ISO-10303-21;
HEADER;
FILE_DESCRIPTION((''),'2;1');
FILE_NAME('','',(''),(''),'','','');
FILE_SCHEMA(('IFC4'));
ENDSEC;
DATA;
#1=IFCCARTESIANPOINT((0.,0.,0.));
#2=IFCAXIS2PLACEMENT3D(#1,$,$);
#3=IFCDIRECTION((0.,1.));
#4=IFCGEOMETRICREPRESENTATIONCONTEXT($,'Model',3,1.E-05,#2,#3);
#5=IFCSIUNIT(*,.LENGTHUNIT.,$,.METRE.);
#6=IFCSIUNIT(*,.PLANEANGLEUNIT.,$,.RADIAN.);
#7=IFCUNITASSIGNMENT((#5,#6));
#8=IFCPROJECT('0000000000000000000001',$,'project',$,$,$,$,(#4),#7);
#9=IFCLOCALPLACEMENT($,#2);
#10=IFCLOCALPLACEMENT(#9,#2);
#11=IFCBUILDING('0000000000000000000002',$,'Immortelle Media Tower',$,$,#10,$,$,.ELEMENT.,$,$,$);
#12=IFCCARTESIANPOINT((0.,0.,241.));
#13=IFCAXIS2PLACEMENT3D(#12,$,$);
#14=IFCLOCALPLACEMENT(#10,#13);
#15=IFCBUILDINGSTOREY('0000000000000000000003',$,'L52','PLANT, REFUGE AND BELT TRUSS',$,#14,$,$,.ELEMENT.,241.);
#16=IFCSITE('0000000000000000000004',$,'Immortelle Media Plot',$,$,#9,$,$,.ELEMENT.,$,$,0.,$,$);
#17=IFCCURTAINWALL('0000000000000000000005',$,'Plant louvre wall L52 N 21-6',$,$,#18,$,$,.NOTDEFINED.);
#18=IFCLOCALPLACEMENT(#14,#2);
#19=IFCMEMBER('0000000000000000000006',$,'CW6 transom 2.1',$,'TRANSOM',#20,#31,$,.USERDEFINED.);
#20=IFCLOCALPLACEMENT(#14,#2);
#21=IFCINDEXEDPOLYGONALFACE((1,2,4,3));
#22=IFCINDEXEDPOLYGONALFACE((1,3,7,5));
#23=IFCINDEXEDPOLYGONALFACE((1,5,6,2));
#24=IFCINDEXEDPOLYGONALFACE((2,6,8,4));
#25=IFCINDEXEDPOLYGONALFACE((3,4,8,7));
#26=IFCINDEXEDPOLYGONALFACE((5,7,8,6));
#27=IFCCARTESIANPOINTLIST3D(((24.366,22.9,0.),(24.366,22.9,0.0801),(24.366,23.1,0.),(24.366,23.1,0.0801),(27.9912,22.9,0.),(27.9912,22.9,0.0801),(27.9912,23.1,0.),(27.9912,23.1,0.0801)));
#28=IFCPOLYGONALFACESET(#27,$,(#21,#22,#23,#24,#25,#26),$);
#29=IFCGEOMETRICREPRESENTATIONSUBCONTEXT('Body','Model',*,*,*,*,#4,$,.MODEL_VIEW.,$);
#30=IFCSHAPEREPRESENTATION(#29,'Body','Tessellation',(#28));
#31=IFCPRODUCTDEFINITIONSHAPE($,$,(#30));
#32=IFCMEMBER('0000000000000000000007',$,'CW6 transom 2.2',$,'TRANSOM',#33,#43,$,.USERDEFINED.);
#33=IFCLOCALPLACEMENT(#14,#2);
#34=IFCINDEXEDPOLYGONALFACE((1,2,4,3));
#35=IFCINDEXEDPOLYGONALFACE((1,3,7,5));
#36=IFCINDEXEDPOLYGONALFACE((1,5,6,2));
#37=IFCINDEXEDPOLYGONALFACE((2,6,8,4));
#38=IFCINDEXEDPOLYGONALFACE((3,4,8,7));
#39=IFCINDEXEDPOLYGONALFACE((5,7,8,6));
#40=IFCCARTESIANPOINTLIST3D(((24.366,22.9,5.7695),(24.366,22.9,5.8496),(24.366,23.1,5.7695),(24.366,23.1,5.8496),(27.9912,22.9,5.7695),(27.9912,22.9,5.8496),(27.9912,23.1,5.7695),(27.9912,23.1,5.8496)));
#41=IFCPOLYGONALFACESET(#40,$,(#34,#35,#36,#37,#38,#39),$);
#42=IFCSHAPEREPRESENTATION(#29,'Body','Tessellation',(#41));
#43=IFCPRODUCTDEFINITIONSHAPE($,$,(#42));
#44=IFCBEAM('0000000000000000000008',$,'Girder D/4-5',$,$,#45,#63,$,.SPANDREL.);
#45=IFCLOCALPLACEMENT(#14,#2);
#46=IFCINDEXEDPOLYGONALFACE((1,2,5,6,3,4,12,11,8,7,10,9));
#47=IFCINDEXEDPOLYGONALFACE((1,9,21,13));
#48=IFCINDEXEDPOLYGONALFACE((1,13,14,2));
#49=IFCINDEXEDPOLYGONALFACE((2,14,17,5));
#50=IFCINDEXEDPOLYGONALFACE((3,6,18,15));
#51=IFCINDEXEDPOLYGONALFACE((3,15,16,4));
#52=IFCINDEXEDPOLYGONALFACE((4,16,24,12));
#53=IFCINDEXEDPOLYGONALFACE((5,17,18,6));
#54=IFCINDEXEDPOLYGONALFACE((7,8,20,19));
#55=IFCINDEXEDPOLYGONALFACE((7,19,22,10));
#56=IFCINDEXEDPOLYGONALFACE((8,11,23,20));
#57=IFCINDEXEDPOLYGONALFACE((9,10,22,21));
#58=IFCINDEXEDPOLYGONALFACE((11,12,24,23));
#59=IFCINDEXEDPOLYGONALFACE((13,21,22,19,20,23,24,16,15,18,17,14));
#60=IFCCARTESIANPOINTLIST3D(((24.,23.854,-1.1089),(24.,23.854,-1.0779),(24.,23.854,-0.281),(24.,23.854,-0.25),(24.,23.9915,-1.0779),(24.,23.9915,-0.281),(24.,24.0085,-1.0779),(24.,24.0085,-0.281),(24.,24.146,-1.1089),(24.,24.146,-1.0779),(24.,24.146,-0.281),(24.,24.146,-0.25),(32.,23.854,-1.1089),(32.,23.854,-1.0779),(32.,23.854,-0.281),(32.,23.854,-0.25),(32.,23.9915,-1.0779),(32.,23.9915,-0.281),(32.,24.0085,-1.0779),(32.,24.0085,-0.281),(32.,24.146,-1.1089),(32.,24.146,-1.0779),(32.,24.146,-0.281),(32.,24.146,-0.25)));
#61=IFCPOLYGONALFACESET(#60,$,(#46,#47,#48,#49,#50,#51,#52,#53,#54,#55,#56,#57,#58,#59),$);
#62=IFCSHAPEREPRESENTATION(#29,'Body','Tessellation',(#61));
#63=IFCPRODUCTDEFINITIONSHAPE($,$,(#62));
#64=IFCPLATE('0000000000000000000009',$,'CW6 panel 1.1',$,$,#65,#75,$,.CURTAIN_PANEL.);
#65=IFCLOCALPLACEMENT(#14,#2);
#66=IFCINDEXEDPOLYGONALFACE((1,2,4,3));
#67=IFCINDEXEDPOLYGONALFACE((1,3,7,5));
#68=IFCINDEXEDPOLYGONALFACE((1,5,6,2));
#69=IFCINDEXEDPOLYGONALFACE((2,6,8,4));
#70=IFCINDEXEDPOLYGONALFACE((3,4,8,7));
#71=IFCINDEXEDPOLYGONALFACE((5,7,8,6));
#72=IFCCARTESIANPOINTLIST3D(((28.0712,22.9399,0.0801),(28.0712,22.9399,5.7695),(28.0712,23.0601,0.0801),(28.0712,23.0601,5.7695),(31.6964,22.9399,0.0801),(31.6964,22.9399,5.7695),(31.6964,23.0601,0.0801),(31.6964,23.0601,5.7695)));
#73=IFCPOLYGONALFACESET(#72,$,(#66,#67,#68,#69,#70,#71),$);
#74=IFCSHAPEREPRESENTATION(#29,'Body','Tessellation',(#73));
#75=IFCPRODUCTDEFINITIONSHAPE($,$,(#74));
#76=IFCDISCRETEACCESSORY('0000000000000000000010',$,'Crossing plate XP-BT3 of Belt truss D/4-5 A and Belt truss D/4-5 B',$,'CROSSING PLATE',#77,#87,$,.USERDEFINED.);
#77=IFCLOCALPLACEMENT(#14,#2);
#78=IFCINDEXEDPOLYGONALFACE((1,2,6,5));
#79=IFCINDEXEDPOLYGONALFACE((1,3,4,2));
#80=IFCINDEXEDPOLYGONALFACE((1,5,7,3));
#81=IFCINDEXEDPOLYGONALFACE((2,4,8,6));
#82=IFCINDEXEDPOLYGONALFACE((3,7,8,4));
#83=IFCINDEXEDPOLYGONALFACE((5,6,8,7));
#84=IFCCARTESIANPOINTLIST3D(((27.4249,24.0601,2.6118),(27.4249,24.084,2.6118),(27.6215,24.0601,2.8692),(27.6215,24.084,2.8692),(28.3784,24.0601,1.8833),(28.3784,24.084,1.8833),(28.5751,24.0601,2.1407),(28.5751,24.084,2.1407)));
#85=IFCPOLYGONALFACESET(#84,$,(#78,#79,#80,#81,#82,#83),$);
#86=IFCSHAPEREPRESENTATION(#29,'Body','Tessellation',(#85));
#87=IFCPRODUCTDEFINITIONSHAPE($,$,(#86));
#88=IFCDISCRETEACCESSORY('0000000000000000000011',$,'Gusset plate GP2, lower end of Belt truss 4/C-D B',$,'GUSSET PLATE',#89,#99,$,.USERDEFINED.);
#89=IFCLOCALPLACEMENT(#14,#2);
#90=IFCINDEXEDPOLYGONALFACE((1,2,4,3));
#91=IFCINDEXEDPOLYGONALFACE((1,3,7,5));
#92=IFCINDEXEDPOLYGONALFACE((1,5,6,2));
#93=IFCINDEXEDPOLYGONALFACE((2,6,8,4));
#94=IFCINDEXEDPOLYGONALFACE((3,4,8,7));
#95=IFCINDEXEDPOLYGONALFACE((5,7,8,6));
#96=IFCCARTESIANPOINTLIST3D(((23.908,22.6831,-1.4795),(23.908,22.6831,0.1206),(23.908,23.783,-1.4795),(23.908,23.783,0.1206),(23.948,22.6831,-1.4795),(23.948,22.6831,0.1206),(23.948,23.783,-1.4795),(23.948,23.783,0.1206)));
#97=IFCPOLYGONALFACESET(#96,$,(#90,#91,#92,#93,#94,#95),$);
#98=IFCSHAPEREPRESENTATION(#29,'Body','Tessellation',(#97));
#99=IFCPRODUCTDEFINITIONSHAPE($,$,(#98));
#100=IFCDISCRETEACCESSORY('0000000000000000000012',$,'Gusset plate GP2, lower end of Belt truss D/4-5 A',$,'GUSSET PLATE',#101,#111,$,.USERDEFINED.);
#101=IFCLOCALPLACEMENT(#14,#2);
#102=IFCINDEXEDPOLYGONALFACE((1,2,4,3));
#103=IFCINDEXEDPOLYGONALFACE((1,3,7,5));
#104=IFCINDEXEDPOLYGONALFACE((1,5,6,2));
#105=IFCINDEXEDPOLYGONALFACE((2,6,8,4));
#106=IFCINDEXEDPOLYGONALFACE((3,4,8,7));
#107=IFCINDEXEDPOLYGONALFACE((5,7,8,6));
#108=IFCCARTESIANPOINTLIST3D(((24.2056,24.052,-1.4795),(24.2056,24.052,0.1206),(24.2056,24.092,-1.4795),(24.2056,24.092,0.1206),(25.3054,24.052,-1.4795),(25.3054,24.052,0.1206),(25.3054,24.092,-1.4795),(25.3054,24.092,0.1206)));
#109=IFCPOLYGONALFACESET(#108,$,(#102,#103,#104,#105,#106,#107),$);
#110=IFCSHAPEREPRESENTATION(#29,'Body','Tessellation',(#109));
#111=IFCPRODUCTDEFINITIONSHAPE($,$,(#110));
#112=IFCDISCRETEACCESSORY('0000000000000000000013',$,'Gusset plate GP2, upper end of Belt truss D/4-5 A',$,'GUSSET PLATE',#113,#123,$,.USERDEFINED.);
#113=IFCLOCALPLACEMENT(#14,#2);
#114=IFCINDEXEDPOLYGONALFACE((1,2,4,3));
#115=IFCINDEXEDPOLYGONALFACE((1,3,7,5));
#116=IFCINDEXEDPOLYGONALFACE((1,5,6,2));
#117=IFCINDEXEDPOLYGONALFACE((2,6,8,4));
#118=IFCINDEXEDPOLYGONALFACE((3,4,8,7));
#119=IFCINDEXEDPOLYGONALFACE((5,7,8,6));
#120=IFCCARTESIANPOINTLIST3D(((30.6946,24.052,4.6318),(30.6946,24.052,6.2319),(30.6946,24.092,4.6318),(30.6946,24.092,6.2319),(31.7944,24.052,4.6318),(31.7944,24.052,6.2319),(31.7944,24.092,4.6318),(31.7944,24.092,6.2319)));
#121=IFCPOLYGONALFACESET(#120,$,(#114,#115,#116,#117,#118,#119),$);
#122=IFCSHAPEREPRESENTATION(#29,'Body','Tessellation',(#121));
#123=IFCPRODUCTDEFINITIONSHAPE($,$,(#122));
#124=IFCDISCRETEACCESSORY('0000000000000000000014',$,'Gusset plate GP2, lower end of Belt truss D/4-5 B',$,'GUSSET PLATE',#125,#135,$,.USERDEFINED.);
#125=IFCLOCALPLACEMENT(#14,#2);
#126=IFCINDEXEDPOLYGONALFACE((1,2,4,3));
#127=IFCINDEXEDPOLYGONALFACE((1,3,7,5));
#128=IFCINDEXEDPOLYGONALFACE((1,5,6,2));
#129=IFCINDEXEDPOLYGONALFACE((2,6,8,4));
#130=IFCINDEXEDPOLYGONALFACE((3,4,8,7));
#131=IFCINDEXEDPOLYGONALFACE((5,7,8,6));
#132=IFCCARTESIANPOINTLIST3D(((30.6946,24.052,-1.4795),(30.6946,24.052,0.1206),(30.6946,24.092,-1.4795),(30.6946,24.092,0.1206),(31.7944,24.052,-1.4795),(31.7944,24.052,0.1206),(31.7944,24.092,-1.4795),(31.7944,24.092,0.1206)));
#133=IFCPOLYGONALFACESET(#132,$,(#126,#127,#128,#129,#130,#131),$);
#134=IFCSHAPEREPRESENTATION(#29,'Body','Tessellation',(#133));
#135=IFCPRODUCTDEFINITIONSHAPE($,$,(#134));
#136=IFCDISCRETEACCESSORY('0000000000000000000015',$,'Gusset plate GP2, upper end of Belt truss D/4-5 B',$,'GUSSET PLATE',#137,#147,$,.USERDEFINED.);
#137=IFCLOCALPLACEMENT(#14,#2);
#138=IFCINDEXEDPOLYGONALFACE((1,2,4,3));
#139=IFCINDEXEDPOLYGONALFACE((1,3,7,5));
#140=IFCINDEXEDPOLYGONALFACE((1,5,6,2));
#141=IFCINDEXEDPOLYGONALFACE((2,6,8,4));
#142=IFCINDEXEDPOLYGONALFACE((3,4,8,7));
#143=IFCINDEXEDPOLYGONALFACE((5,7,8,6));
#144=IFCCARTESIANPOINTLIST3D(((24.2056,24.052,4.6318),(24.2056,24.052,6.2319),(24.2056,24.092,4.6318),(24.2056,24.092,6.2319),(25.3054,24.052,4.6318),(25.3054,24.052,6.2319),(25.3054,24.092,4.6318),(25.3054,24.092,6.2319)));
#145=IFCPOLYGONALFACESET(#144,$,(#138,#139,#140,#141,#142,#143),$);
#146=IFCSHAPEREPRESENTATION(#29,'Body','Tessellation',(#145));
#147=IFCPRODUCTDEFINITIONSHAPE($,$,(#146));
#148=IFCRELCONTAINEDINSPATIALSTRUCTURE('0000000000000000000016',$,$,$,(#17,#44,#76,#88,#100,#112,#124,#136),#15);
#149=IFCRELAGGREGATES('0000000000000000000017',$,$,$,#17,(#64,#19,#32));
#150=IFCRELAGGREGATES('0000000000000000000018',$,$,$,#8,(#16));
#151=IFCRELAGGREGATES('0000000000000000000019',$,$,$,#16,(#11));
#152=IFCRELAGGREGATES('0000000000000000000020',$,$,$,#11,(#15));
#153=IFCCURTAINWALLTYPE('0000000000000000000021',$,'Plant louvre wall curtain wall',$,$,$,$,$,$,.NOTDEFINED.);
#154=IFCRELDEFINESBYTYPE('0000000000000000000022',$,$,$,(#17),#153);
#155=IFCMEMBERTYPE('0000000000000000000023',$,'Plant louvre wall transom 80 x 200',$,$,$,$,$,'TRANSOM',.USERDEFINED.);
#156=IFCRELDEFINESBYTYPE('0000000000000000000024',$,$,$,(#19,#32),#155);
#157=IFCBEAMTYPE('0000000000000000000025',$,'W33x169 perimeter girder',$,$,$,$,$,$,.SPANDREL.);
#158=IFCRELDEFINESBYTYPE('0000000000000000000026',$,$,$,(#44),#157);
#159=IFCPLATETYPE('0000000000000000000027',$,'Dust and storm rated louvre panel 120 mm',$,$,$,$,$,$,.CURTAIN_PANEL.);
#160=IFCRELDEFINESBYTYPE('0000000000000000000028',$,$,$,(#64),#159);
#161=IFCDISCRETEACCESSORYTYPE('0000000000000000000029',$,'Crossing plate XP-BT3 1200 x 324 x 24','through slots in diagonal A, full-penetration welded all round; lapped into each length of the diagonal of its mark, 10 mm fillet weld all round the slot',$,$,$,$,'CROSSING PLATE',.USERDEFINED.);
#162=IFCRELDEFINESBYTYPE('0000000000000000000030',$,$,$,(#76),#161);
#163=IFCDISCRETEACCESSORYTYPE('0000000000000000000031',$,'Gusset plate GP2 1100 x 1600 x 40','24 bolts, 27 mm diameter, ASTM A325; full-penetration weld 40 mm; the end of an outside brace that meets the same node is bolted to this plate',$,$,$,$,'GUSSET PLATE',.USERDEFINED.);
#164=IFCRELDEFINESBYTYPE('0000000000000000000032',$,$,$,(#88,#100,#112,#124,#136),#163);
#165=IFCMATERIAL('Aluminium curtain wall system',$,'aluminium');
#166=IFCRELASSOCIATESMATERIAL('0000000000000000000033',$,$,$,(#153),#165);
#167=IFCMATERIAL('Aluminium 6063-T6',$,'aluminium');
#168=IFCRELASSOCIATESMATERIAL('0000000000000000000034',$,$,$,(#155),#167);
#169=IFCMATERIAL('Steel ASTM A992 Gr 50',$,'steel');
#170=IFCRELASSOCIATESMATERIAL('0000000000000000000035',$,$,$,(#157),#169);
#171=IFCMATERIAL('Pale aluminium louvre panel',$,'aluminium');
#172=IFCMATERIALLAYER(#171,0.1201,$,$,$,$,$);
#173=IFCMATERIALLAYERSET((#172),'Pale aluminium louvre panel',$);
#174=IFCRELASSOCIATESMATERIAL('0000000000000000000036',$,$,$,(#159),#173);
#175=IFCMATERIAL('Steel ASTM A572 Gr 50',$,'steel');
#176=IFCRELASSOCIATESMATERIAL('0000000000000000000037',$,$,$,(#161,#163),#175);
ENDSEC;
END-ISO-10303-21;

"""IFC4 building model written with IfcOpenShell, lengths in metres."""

from ifc_helpers import new_model, si_unit, direction, frame, origin, origin_2d, place, context, subcontext, project, spatial, rectangle, i_section, extrude, material, layer, layer_set, material_profile, profile_set, type_object, element, aggregate, save


model = new_model("IFC4")

# Units and contexts
model_context = context("Model", 3, precision=1e-05, world=origin(), true_north=direction((0.0, 1.0)))
body_context = subcontext(model_context, "Body", "Model", "MODEL_VIEW")
ifc_project = project(units=[si_unit("LENGTHUNIT", "METRE"), si_unit("PLANEANGLEUNIT", "RADIAN")], contexts=[model_context])

# Site, building, storey
site_placement = place(None, origin())
site = spatial("IfcSite", under=ifc_project, at=site_placement, Name="Immortelle Media Plot", CompositionType="ELEMENT", RefElevation=0.0)
building_placement = place(site_placement, origin())
building = spatial("IfcBuilding", under=site, at=building_placement, Name="Immortelle Media Tower", CompositionType="ELEMENT")
storey_placement = place(building_placement, frame((0.0, 0.0, 241.0)))
storey = spatial("IfcBuildingStorey", under=building, at=storey_placement, Name="L52", Description="PLANT, REFUGE AND BELT TRUSS", CompositionType="ELEMENT", Elevation=241.0)

# Shared definitions
ifc_material_1 = material(Name="Steel ASTM A992 Gr 50", Category="steel")

# Curtain wall, members
ifc_material_2 = material(Name="Aluminium curtain wall system", Category="aluminium")
curtain_wall_type = type_object("IfcCurtainWallType", Name="Plant louvre wall curtain wall", PredefinedType="NOTDEFINED", material=ifc_material_2)
curtain_wall_placement = place(storey_placement, origin())
curtain_wall = element("IfcCurtainWall", 1, at=curtain_wall_placement, inside=storey, type_object=curtain_wall_type, Name="Plant louvre wall L52 N 21-6", PredefinedType="NOTDEFINED")
ifc_material_3 = material(Name="Aluminium 6063-T6", Category="aluminium")
ifc_material_profile_1 = material_profile(ifc_material_3, rectangle(XDim=0.2, YDim=0.0801, at=origin_2d()), Name="AL 80x200")
ifc_profile_set_1 = profile_set([ifc_material_profile_1], Name="Aluminium 6063-T6")
member_type_1 = type_object("IfcMemberType", Name="Plant louvre wall transom 80 x 200", ElementType="TRANSOM", PredefinedType="USERDEFINED", material=ifc_profile_set_1)
member_1_placement = place(storey_placement, frame((27.9912, 23.0, 0.04), z_axis=(-1.0, 0.0, 0.0), x_axis=(0.0, -1.0, 0.0)))
member_1 = element("IfcMember", 2, at=member_1_placement, type_object=member_type_1, Name="CW6 transom 2.1", ObjectType="TRANSOM", PredefinedType="USERDEFINED", context=body_context, shape_type="SweptSolid", body=[
    extrude(rectangle(XDim=0.2, YDim=0.0801, at=origin_2d()), origin(), (0.0, 0.0, 1.0), 3.6252),
])
member_2_placement = place(storey_placement, frame((27.9912, 23.0, 5.8096), z_axis=(-1.0, 0.0, 0.0), x_axis=(0.0, -1.0, 0.0)))
member_2 = element("IfcMember", 3, at=member_2_placement, type_object=member_type_1, Name="CW6 transom 2.2", ObjectType="TRANSOM", PredefinedType="USERDEFINED", context=body_context, shape_type="SweptSolid", body=[
    extrude(rectangle(XDim=0.2, YDim=0.0801, at=origin_2d()), origin(), (0.0, 0.0, 1.0), 3.6252),
])

# Beam
ifc_material_profile_2 = material_profile(ifc_material_1, i_section(OverallWidth=0.292, OverallDepth=0.8589, WebThickness=0.0171, FlangeThickness=0.031, at=origin_2d()), Name="W33x169")
ifc_profile_set_2 = profile_set([ifc_material_profile_2], Name="Steel ASTM A992 Gr 50")
beam_type = type_object("IfcBeamType", Name="W33x169 perimeter girder", PredefinedType="SPANDREL", material=ifc_profile_set_2)
beam_placement = place(storey_placement, frame((24.0, 24.0, -0.6794), z_axis=(1.0, 0.0, 0.0), x_axis=(0.0, 1.0, 0.0)))
element("IfcBeam", 4, at=beam_placement, inside=storey, type_object=beam_type, Name="Girder D/4-5", PredefinedType="SPANDREL", context=body_context, shape_type="SweptSolid", body=[
    extrude(i_section(OverallWidth=0.292, OverallDepth=0.8589, WebThickness=0.0171, FlangeThickness=0.031, at=origin_2d()), origin(), (0.0, 0.0, 1.0), 8.0),
])

# Plate
ifc_material_4 = material(Name="Pale aluminium louvre panel", Category="aluminium")
ifc_layer = layer(ifc_material_4, 0.1201)
ifc_layer_set = layer_set([ifc_layer], Name="Pale aluminium louvre panel")
plate_type = type_object("IfcPlateType", Name="Dust and storm rated louvre panel 120 mm", PredefinedType="CURTAIN_PANEL", material=ifc_layer_set)
plate_placement = place(storey_placement, frame((29.8838, 23.0, 0.0801), z_axis=(0.0, 0.0, 1.0), x_axis=(-1.0, 0.0, 0.0)))
plate = element("IfcPlate", 5, at=plate_placement, type_object=plate_type, Name="CW6 panel 1.1", PredefinedType="CURTAIN_PANEL", context=body_context, shape_type="SweptSolid", body=[
    extrude(rectangle(XDim=3.6252, YDim=0.1201, at=origin_2d()), origin(), (0.0, 0.0, 1.0), 5.6895),
])
aggregate(curtain_wall, [plate, member_1, member_2])

# Discrete accessories
ifc_material_5 = material(Name="Steel ASTM A572 Gr 50", Category="steel")
ifc_material_profile_3 = material_profile(ifc_material_5, rectangle(XDim=0.0239, YDim=0.324, at=origin_2d()), Name="PL 24 x 324")
ifc_profile_set_3 = profile_set([ifc_material_profile_3], Name="Steel ASTM A572 Gr 50")
discrete_accessory_type_1 = type_object("IfcDiscreteAccessoryType", Name="Crossing plate XP-BT3 1200 x 324 x 24", Description="through slots in diagonal A, full-penetration welded all round; lapped into each length of the diagonal of its mark, 10 mm fillet weld all round the slot", ElementType="CROSSING PLATE", PredefinedType="USERDEFINED", material=ifc_profile_set_3)
discrete_accessory_placement = place(storey_placement, frame((27.5232, 24.072, 2.7405), z_axis=(0.794646, 0.0, -0.607072), x_axis=(0.0, 1.0, 0.0)))
element("IfcDiscreteAccessory", 6, at=discrete_accessory_placement, inside=storey, type_object=discrete_accessory_type_1, Name="Crossing plate XP-BT3 of Belt truss D/4-5 A and Belt truss D/4-5 B", ObjectType="CROSSING PLATE", PredefinedType="USERDEFINED", context=body_context, shape_type="SweptSolid", body=[
    extrude(rectangle(XDim=0.0239, YDim=0.324, at=origin_2d()), origin(), (0.0, 0.0, 1.0), 1.2),
])
ifc_material_profile_4 = material_profile(ifc_material_5, rectangle(XDim=0.04, YDim=1.6001, at=origin_2d()), Name="PL 40 x 1600")
ifc_profile_set_4 = profile_set([ifc_material_profile_4], Name="Steel ASTM A572 Gr 50")
discrete_accessory_type_2 = type_object("IfcDiscreteAccessoryType", Name="Gusset plate GP2 1100 x 1600 x 40", Description="24 bolts, 27 mm diameter, ASTM A325; full-penetration weld 40 mm; the end of an outside brace that meets the same node is bolted to this plate", ElementType="GUSSET PLATE", PredefinedType="USERDEFINED", material=ifc_profile_set_4)
for number, where, z_axis, x_axis, name in (
    (7, (23.928, 23.783, -0.6794), (0.0, -1.0, 0.0), (1.0, 0.0, 0.0), "Gusset plate GP2, lower end of Belt truss 4/C-D B"),
    (8, (24.2056, 24.072, -0.6794), (1.0, 0.0, 0.0), (0.0, 1.0, 0.0), "Gusset plate GP2, lower end of Belt truss D/4-5 A"),
    (9, (31.7944, 24.072, 5.4319), (-1.0, 0.0, 0.0), (0.0, -1.0, 0.0), "Gusset plate GP2, upper end of Belt truss D/4-5 A"),
    (10, (31.7944, 24.072, -0.6794), (-1.0, 0.0, 0.0), (0.0, -1.0, 0.0), "Gusset plate GP2, lower end of Belt truss D/4-5 B"),
    (11, (24.2056, 24.072, 5.4319), (1.0, 0.0, 0.0), (0.0, 1.0, 0.0), "Gusset plate GP2, upper end of Belt truss D/4-5 B"),
):
    element("IfcDiscreteAccessory", number, at=place(storey_placement, frame(where, z_axis=z_axis, x_axis=x_axis)), inside=storey, type_object=discrete_accessory_type_2, Name=name, ObjectType="GUSSET PLATE", PredefinedType="USERDEFINED", context=body_context, shape_type="SweptSolid", body=[
        extrude(rectangle(XDim=0.04, YDim=1.6001, at=origin_2d()), origin(), (0.0, 0.0, 1.0), 1.0999),
    ])

save(model, "model.ifc")
